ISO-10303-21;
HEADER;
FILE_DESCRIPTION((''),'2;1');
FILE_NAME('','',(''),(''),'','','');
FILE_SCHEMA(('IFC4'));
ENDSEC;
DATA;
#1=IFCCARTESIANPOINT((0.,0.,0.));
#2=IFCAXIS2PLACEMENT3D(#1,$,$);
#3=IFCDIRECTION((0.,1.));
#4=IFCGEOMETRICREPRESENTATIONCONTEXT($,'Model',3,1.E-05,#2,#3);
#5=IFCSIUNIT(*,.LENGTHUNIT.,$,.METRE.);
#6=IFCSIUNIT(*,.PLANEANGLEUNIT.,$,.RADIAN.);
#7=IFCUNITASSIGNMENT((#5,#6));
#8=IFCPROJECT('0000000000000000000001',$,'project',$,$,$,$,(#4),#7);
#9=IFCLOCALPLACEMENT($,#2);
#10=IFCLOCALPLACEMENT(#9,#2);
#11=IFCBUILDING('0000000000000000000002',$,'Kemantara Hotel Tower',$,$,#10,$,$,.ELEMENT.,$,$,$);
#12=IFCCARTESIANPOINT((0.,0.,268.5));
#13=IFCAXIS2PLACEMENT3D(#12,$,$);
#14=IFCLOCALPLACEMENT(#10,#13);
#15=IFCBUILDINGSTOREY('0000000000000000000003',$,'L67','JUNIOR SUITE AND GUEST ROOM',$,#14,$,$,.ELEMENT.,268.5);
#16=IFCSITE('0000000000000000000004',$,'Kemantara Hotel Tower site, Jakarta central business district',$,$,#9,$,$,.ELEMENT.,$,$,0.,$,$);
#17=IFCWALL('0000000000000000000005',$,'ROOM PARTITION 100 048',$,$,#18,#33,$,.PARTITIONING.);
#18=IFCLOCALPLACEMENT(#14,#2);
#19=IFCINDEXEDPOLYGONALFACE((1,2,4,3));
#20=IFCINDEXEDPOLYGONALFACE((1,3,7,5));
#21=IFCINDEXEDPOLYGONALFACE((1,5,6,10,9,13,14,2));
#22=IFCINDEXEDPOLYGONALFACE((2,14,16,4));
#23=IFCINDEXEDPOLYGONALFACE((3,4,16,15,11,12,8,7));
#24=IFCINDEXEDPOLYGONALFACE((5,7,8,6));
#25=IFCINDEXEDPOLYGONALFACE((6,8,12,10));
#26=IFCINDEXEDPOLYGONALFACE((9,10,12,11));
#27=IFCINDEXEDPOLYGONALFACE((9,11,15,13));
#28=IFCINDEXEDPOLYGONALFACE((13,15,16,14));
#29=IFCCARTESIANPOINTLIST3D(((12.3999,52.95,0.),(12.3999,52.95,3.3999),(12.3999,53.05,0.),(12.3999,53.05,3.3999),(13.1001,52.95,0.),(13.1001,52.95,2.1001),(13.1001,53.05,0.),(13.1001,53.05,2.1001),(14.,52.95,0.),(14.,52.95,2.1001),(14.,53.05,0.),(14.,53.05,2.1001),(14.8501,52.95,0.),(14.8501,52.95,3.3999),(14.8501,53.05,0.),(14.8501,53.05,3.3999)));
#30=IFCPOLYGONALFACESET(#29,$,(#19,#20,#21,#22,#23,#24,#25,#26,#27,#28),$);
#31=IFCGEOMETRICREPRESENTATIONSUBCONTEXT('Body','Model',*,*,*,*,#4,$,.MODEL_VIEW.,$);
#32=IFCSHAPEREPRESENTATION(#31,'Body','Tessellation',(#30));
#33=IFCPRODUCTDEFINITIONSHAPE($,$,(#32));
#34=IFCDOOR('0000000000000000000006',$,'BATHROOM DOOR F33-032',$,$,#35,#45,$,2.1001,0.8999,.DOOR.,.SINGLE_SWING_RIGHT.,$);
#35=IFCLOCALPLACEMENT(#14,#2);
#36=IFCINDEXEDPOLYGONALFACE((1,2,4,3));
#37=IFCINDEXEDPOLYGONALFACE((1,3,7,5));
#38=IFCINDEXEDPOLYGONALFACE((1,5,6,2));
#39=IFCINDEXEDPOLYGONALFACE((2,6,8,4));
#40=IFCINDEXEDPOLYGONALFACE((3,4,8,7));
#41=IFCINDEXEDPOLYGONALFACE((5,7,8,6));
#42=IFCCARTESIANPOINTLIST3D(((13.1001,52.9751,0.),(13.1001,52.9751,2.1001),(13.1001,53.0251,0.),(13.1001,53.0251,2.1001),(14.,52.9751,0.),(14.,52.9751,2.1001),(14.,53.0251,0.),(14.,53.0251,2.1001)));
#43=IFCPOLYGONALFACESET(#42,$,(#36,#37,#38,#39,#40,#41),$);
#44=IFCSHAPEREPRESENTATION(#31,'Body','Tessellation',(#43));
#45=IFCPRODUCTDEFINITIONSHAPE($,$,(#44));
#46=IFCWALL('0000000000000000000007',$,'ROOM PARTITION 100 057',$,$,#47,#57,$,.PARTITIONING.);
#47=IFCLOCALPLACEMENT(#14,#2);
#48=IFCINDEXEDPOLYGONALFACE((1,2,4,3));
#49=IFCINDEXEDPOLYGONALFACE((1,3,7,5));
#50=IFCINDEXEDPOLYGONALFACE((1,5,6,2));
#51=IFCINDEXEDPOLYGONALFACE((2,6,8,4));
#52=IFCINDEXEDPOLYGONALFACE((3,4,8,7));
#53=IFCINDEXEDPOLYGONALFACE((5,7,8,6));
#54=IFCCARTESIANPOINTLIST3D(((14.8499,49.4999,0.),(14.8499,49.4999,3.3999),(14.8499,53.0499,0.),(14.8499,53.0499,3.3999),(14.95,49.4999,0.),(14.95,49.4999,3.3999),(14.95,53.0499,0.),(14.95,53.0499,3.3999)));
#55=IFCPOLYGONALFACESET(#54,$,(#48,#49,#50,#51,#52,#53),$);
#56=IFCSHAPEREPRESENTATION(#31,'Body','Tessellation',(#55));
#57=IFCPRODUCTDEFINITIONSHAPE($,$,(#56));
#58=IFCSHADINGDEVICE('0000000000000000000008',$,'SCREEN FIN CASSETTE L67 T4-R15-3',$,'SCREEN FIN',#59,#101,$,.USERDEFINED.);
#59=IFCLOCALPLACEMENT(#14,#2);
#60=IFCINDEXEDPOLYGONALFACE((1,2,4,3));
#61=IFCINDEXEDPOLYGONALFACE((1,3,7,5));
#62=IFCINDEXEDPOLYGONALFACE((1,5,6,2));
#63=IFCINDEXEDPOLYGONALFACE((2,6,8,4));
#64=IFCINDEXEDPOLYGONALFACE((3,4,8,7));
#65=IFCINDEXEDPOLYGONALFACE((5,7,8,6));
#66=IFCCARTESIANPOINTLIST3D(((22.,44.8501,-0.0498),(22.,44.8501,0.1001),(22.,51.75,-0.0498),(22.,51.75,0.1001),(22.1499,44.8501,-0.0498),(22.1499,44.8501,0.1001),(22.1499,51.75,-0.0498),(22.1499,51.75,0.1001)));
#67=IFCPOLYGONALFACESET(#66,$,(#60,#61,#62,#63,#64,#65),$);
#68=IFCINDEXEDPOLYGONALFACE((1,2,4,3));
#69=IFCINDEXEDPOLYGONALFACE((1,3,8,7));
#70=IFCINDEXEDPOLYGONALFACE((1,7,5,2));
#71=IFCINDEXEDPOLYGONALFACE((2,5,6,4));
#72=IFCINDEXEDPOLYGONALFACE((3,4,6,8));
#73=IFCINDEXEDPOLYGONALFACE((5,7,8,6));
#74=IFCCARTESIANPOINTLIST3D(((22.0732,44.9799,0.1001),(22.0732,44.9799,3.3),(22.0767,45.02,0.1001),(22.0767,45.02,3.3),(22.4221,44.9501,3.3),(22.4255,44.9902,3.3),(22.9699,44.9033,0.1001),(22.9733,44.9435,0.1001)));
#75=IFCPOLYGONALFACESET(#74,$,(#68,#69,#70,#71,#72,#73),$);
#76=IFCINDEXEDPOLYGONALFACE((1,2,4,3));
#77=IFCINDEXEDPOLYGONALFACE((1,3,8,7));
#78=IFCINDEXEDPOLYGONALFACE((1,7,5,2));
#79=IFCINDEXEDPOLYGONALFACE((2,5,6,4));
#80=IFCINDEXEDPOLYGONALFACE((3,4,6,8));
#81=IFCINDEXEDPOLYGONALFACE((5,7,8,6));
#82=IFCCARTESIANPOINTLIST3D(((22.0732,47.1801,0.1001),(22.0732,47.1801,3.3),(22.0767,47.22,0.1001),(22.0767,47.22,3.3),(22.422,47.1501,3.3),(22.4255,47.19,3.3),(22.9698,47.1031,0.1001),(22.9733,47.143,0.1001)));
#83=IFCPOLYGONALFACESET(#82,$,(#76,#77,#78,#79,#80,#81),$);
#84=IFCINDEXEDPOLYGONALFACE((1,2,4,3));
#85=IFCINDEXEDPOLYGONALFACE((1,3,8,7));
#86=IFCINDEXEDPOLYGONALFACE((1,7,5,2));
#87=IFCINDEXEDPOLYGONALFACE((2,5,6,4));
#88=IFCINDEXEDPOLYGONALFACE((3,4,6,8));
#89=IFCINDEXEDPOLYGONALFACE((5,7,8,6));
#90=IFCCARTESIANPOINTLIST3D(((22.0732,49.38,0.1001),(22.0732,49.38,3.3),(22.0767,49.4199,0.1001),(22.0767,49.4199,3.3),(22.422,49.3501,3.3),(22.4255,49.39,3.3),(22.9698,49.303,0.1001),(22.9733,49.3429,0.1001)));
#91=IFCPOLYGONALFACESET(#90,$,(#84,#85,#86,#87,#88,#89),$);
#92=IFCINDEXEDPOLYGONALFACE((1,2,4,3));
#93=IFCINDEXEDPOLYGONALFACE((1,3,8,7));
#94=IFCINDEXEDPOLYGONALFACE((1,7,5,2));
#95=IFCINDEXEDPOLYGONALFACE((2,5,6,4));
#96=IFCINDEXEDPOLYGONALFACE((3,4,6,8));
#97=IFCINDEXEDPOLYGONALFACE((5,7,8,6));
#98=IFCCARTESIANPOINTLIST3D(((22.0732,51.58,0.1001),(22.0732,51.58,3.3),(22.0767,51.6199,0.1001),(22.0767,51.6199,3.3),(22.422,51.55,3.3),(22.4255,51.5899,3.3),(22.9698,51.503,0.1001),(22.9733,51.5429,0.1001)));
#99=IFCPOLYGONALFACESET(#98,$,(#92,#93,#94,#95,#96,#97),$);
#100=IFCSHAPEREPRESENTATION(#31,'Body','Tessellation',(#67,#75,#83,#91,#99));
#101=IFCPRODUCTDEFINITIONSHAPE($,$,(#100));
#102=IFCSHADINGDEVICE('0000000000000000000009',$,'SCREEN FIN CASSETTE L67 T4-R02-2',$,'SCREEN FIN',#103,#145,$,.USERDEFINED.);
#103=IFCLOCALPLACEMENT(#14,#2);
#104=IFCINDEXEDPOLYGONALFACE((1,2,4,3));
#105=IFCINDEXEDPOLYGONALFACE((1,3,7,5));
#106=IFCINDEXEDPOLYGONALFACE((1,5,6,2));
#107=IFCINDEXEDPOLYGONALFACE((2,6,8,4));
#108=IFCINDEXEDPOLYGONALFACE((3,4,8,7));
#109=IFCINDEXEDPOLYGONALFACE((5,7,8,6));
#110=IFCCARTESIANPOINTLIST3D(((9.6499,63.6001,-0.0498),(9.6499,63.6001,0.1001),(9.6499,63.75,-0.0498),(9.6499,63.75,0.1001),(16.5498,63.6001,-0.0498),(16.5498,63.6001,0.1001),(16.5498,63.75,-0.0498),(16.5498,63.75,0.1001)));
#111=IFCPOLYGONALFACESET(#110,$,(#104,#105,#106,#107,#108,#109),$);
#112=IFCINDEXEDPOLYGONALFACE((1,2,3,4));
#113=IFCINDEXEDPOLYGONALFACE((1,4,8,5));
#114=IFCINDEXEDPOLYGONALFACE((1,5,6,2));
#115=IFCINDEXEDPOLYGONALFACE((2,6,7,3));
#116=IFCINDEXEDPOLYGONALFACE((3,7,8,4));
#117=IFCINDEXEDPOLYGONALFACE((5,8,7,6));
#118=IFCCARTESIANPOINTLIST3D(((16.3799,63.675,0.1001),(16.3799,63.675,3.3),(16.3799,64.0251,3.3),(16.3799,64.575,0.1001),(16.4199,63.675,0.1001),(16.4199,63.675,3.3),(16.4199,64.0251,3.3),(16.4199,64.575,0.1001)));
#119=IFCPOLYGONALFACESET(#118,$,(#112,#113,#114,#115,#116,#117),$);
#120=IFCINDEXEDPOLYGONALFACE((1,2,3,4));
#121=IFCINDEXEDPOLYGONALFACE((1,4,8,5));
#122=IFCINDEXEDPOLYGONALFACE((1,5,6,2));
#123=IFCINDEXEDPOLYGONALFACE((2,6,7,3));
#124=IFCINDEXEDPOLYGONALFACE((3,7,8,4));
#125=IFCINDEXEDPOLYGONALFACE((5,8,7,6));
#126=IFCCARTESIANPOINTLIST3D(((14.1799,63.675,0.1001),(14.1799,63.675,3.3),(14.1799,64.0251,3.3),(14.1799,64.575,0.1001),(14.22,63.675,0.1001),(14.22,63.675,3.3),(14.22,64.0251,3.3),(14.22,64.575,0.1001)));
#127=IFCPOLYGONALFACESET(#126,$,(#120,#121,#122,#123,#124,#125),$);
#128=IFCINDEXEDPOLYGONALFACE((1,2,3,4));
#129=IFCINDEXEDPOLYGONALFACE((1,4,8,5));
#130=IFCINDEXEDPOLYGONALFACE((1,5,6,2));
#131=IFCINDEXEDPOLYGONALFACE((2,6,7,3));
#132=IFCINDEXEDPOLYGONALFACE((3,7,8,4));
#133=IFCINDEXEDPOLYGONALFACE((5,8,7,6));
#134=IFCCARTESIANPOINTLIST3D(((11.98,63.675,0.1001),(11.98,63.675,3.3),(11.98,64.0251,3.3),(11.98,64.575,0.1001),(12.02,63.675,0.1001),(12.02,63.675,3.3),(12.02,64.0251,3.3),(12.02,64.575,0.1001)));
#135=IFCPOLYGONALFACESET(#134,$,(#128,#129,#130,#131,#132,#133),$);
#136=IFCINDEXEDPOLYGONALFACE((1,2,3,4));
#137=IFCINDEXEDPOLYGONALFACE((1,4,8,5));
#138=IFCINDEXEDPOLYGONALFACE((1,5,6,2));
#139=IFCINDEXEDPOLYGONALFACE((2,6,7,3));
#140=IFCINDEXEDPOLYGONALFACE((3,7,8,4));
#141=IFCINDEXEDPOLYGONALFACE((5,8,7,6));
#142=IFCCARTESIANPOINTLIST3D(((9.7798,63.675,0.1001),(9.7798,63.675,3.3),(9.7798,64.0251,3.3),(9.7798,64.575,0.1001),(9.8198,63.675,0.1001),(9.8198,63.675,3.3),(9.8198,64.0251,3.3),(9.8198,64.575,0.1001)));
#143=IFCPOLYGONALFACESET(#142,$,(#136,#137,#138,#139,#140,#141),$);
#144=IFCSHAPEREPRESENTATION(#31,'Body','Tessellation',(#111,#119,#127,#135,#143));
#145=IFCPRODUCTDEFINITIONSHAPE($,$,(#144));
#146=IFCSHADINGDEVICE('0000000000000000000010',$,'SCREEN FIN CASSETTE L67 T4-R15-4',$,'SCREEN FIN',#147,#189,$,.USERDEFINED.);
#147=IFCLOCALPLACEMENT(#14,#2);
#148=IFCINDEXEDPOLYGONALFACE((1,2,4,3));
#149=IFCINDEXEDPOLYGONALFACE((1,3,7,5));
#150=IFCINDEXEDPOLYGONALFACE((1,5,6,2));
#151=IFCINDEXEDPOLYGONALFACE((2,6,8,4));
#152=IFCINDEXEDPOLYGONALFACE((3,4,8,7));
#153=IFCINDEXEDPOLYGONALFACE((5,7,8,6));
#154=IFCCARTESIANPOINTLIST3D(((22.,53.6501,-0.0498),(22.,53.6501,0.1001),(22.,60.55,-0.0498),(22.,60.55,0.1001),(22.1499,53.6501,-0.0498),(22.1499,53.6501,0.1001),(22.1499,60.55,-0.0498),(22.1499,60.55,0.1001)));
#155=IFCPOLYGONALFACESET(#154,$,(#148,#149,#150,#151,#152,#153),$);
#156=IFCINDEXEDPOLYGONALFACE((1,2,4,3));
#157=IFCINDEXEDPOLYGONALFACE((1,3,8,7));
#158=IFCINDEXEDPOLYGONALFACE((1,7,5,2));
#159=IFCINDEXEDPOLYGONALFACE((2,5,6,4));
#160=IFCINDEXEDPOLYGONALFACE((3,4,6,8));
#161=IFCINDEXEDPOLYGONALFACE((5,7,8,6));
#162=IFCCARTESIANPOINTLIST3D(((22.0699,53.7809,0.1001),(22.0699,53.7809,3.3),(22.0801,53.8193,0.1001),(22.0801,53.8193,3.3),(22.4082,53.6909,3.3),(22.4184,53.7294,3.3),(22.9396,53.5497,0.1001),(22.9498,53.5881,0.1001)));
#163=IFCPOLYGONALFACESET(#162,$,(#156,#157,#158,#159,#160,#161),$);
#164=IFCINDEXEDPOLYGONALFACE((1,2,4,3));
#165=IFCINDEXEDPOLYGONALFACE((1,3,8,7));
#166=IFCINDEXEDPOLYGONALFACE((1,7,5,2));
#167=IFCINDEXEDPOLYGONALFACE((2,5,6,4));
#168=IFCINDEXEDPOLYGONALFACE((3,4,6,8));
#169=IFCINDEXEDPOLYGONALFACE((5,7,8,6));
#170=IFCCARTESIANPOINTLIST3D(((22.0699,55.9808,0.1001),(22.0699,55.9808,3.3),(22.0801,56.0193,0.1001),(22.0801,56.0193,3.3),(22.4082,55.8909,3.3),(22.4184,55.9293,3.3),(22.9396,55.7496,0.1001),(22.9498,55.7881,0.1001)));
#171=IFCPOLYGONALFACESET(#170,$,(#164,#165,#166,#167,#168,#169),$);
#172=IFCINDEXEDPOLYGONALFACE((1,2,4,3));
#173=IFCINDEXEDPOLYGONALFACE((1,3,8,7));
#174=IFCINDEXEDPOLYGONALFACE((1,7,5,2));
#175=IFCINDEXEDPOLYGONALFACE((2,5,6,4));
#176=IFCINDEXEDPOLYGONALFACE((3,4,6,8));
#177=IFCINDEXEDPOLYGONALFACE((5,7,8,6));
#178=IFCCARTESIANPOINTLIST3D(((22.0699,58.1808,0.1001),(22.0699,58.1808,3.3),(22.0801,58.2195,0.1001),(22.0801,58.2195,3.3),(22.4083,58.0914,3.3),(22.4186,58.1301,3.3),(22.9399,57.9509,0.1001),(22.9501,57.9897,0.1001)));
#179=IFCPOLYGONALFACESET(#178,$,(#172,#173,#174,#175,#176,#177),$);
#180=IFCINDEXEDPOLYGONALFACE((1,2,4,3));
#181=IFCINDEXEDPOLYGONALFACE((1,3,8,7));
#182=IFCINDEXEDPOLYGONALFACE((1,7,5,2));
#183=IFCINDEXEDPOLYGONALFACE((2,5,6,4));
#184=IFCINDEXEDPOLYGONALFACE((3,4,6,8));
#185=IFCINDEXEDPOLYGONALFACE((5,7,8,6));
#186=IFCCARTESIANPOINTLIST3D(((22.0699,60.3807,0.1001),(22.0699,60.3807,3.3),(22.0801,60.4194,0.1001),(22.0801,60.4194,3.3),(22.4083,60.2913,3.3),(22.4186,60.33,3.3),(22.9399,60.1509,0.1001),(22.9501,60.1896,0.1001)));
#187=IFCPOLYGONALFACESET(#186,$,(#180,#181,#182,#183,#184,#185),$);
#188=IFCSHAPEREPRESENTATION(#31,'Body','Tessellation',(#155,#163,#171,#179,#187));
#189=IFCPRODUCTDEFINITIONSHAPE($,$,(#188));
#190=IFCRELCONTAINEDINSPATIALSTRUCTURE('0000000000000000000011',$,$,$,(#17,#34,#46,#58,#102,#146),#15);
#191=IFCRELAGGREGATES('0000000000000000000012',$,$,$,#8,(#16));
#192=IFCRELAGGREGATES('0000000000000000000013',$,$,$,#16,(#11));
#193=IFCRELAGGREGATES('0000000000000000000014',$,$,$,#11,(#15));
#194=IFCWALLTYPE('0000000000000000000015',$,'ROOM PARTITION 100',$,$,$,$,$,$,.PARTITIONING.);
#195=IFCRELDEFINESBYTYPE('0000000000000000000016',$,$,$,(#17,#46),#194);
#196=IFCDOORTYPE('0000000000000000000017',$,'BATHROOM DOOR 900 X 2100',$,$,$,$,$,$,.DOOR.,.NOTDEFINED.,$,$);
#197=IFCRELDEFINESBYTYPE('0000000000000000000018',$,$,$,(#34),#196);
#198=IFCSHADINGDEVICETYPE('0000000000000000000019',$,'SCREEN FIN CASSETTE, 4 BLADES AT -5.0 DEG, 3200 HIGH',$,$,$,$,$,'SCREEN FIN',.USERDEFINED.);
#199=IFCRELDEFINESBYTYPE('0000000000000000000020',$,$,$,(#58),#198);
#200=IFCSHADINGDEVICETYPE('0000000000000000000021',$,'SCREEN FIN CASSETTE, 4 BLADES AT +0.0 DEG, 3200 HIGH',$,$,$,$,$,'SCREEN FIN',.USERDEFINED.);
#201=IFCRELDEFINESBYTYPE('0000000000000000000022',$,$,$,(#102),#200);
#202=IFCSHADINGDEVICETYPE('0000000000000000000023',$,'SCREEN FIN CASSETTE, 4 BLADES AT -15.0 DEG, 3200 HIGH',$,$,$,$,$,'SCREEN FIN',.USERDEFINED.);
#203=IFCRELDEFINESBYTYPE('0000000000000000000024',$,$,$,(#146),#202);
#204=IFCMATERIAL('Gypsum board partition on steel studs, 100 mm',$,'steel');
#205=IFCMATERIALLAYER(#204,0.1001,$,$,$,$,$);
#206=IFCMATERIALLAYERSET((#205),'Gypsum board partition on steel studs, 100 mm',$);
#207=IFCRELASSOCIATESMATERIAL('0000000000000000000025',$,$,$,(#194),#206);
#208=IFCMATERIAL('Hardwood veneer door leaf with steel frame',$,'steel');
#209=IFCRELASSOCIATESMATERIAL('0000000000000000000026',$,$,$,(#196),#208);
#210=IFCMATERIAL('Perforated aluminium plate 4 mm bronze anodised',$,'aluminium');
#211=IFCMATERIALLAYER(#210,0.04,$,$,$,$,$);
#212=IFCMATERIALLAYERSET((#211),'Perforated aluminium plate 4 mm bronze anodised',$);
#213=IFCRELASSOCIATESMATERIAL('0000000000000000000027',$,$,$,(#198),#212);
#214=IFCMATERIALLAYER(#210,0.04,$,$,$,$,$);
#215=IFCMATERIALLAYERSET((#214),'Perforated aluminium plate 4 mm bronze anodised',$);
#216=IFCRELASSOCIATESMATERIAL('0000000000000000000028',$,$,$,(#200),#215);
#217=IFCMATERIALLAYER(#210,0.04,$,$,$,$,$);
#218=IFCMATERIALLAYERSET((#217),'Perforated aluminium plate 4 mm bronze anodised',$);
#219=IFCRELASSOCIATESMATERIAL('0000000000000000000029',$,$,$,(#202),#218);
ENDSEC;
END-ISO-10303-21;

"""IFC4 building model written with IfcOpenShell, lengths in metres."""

from ifc_helpers import new_model, si_unit, direction, frame, frame_2d, origin, origin_2d, place, context, subcontext, project, spatial, polyline, rectangle, outline, extrude, source, transform, mapped, material, layer, layer_set, type_object, element, fill, save


model = new_model("IFC4")

# Units and contexts
model_context = context("Model", 3, precision=1e-05, world=origin(), true_north=direction((0.0, 1.0)))
body_context = subcontext(model_context, "Body", "Model", "MODEL_VIEW")
ifc_project = project(units=[si_unit("LENGTHUNIT", "METRE"), si_unit("PLANEANGLEUNIT", "RADIAN")], contexts=[model_context])

# Site, building, storey
site_placement = place(None, origin())
site = spatial("IfcSite", under=ifc_project, at=site_placement, Name="Kemantara Hotel Tower site, Jakarta central business district", CompositionType="ELEMENT", RefElevation=0.0)
building_placement = place(site_placement, origin())
building = spatial("IfcBuilding", under=site, at=building_placement, Name="Kemantara Hotel Tower", CompositionType="ELEMENT")
storey_placement = place(building_placement, frame((0.0, 0.0, 268.5)))
storey = spatial("IfcBuildingStorey", under=building, at=storey_placement, Name="L67", Description="JUNIOR SUITE AND GUEST ROOM", CompositionType="ELEMENT", Elevation=268.5)

# Shared definitions
ifc_material_1 = material(Name="Hardwood veneer door leaf with steel frame", Category="steel")

# Wall, opening, door
ifc_material_2 = material(Name="Gypsum board partition on steel studs, 100 mm", Category="steel")
ifc_layer_1 = layer(ifc_material_2, 0.1001)
ifc_layer_set_1 = layer_set([ifc_layer_1], Name="Gypsum board partition on steel studs, 100 mm")
wall_type_1 = type_object("IfcWallType", Name="ROOM PARTITION 100", PredefinedType="PARTITIONING", material=ifc_layer_set_1)
wall_1_placement = place(storey_placement, frame((14.8501, 53.0, 0.0), z_axis=(0.0, 0.0, 1.0), x_axis=(-1.0, 0.0, 0.0)))
wall_1 = element("IfcWall", 1, at=wall_1_placement, inside=storey, type_object=wall_type_1, Name="ROOM PARTITION 100 048", PredefinedType="PARTITIONING", context=body_context, shape_type="SweptSolid", body=[
    extrude(rectangle(XDim=2.4502, YDim=0.1001, at=frame_2d((1.2251, 0.0))), origin(), (0.0, 0.0, 1.0), 3.3999),
])
opening_1_placement = place(wall_1_placement, frame((0.8501, 0.0, 0.0)))
opening_1 = element("IfcOpeningElement", 2, at=opening_1_placement, cuts=wall_1, PredefinedType="OPENING", context=body_context, shape_type="SweptSolid", body=[
    extrude(rectangle(XDim=0.8999, YDim=2.1001, at=frame_2d((0.45, 1.05))), frame((0.0, 0.0601, 0.0), z_axis=(0.0, -1.0, 0.0), x_axis=(1.0, 0.0, 0.0)), (0.0, 0.0, 1.0), 0.1201),
])
door_type_1 = type_object("IfcDoorType", Name="BATHROOM DOOR 900 X 2100", OperationType="NOTDEFINED", PredefinedType="DOOR", material=ifc_material_1)
door_1_placement = place(opening_1_placement, origin())
door_1 = element("IfcDoor", 3, at=door_1_placement, inside=storey, type_object=door_type_1, Name="BATHROOM DOOR F33-032", OperationType="SINGLE_SWING_RIGHT", OverallHeight=2.1001, OverallWidth=0.8999, PredefinedType="DOOR", context=body_context, shape_type="SweptSolid", body=[
    extrude(rectangle(XDim=0.8999, YDim=2.1001, at=frame_2d((0.45, 1.05))), frame((0.0, 0.0249, 0.0), z_axis=(0.0, -1.0, 0.0), x_axis=(1.0, 0.0, 0.0)), (0.0, 0.0, 1.0), 0.05),
])
fill(opening_1, door_1)

# Wall
wall_2_placement = place(storey_placement, frame((14.8999, 49.5, 0.0), z_axis=(0.0, 0.0, 1.0), x_axis=(0.0, 1.0, 0.0)))
element("IfcWall", 4, at=wall_2_placement, inside=storey, type_object=wall_type_1, Name="ROOM PARTITION 100 057", PredefinedType="PARTITIONING", context=body_context, shape_type="SweptSolid", body=[
    extrude(rectangle(XDim=3.55, YDim=0.1001, at=frame_2d((1.7749, 0.0))), origin(), (0.0, 0.0, 1.0), 3.3999),
])

# Shading devices
ifc_material_3 = material(Name="Perforated aluminium plate 4 mm bronze anodised", Category="aluminium")
ifc_layer_2 = layer(ifc_material_3, 0.04)
ifc_layer_set_2 = layer_set([ifc_layer_2], Name="Perforated aluminium plate 4 mm bronze anodised")
shading_device_type_1 = type_object("IfcShadingDeviceType", Name="SCREEN FIN CASSETTE, 4 BLADES AT -5.0 DEG, 3200 HIGH", ElementType="SCREEN FIN", PredefinedType="USERDEFINED", material=ifc_layer_set_2)
shared_shape_1 = source(origin(), body_context, "Body", "SweptSolid", [
    extrude(rectangle(XDim=6.8999, YDim=0.1499, at=origin_2d()), frame((3.3, -0.075, -0.1499), z_axis=(0.0, 0.0, 1.0), x_axis=(1.0, 0.0, 0.0)), (0.0, 0.0, 1.0), 0.1499),
    extrude(outline(polyline([(0.0, 0.0), (0.8999, 0.0), (0.3501, 3.2), (0.0, 3.2), (0.0, 0.0)])), frame((0.02, -0.0767, 0.0), z_axis=(-0.996376, 0.085056, 0.0), x_axis=(-0.085056, -0.996376, 0.0)), (0.0, 0.0, 1.0), 0.0403),
    extrude(outline(polyline([(0.0, 0.0), (0.8999, 0.0), (0.3501, 3.2), (0.0, 3.2), (0.0, 0.0)])), frame((2.22, -0.0767, 0.0), z_axis=(-0.996332, 0.085575, 0.0), x_axis=(-0.085575, -0.996332, 0.0)), (0.0, 0.0, 1.0), 0.04),
    extrude(outline(polyline([(0.0, 0.0), (0.8999, 0.0), (0.3501, 3.2), (0.0, 3.2), (0.0, 0.0)])), frame((4.4199, -0.0767, 0.0), z_axis=(-0.996332, 0.085575, 0.0), x_axis=(-0.085575, -0.996332, 0.0)), (0.0, 0.0, 1.0), 0.04),
    extrude(outline(polyline([(0.0, 0.0), (0.8999, 0.0), (0.3501, 3.2), (0.0, 3.2), (0.0, 0.0)])), frame((6.6199, -0.0767, 0.0), z_axis=(-0.996332, 0.085575, 0.0), x_axis=(-0.085575, -0.996332, 0.0)), (0.0, 0.0, 1.0), 0.04),
])
shading_device_1_placement = place(storey_placement, frame((22.0, 45.0, 0.1001), z_axis=(0.0, 0.0, 1.0), x_axis=(0.0, 1.0, 0.0)))
element("IfcShadingDevice", 5, at=shading_device_1_placement, inside=storey, type_object=shading_device_type_1, Name="SCREEN FIN CASSETTE L67 T4-R15-3", ObjectType="SCREEN FIN", PredefinedType="USERDEFINED", context=body_context, shape_type="MappedRepresentation", body=[
    mapped(shared_shape_1, transform((0.0, 0.0, 0.0))),
])
ifc_layer_3 = layer(ifc_material_3, 0.04)
ifc_layer_set_3 = layer_set([ifc_layer_3], Name="Perforated aluminium plate 4 mm bronze anodised")
shading_device_type_2 = type_object("IfcShadingDeviceType", Name="SCREEN FIN CASSETTE, 4 BLADES AT +0.0 DEG, 3200 HIGH", ElementType="SCREEN FIN", PredefinedType="USERDEFINED", material=ifc_layer_set_3)
shared_shape_2 = source(origin(), body_context, "Body", "SweptSolid", [
    extrude(rectangle(XDim=6.8999, YDim=0.1499, at=origin_2d()), frame((3.3, -0.075, -0.1499), z_axis=(0.0, 0.0, 1.0), x_axis=(1.0, 0.0, 0.0)), (0.0, 0.0, 1.0), 0.1499),
    extrude(outline(polyline([(0.0, 0.0), (0.8999, 0.0), (0.3501, 3.2), (0.0, 3.2), (0.0, 0.0)])), frame((0.02, -0.075, 0.0), z_axis=(-1.0, 0.0, 0.0), x_axis=(0.0, -1.0, 0.0)), (0.0, 0.0, 1.0), 0.04),
    extrude(outline(polyline([(0.0, 0.0), (0.8999, 0.0), (0.3501, 3.2), (0.0, 3.2), (0.0, 0.0)])), frame((2.22, -0.075, 0.0), z_axis=(-1.0, 0.0, 0.0), x_axis=(0.0, -1.0, 0.0)), (0.0, 0.0, 1.0), 0.04),
    extrude(outline(polyline([(0.0, 0.0), (0.8999, 0.0), (0.3501, 3.2), (0.0, 3.2), (0.0, 0.0)])), frame((4.4199, -0.075, 0.0), z_axis=(-1.0, 0.0, 0.0), x_axis=(0.0, -1.0, 0.0)), (0.0, 0.0, 1.0), 0.04),
    extrude(outline(polyline([(0.0, 0.0), (0.8999, 0.0), (0.3501, 3.2), (0.0, 3.2), (0.0, 0.0)])), frame((6.6201, -0.075, 0.0), z_axis=(-1.0, 0.0, 0.0), x_axis=(0.0, -1.0, 0.0)), (0.0, 0.0, 1.0), 0.04),
])
shading_device_2_placement = place(storey_placement, frame((16.3999, 63.6001, 0.1001), z_axis=(0.0, 0.0, 1.0), x_axis=(-1.0, 0.0, 0.0)))
element("IfcShadingDevice", 6, at=shading_device_2_placement, inside=storey, type_object=shading_device_type_2, Name="SCREEN FIN CASSETTE L67 T4-R02-2", ObjectType="SCREEN FIN", PredefinedType="USERDEFINED", context=body_context, shape_type="MappedRepresentation", body=[
    mapped(shared_shape_2, transform((0.0, 0.0, 0.0))),
])
ifc_layer_4 = layer(ifc_material_3, 0.04)
ifc_layer_set_4 = layer_set([ifc_layer_4], Name="Perforated aluminium plate 4 mm bronze anodised")
shading_device_type_3 = type_object("IfcShadingDeviceType", Name="SCREEN FIN CASSETTE, 4 BLADES AT -15.0 DEG, 3200 HIGH", ElementType="SCREEN FIN", PredefinedType="USERDEFINED", material=ifc_layer_set_4)
shared_shape_3 = source(origin(), body_context, "Body", "SweptSolid", [
    extrude(rectangle(XDim=6.8999, YDim=0.1499, at=origin_2d()), frame((3.3, -0.075, -0.1499), z_axis=(0.0, 0.0, 1.0), x_axis=(1.0, 0.0, 0.0)), (0.0, 0.0, 1.0), 0.1499),
    extrude(outline(polyline([(0.0, 0.0), (0.8999, 0.0), (0.3501, 3.2), (0.0, 3.2), (0.0, 0.0)])), frame((0.0193, -0.0801, 0.0), z_axis=(-0.966438, 0.256901, 0.0), x_axis=(-0.256901, -0.966438, 0.0)), (0.0, 0.0, 1.0), 0.0398),
    extrude(outline(polyline([(0.0, 0.0), (0.8999, 0.0), (0.3501, 3.2), (0.0, 3.2), (0.0, 0.0)])), frame((2.2192, -0.0801, 0.0), z_axis=(-0.966438, 0.256901, 0.0), x_axis=(-0.256901, -0.966438, 0.0)), (0.0, 0.0, 1.0), 0.0398),
    extrude(outline(polyline([(0.0, 0.0), (0.8999, 0.0), (0.3501, 3.2), (0.0, 3.2), (0.0, 0.0)])), frame((4.4194, -0.0801, 0.0), z_axis=(-0.966838, 0.255391, 0.0), x_axis=(-0.255391, -0.966838, 0.0)), (0.0, 0.0, 1.0), 0.04),
    extrude(outline(polyline([(0.0, 0.0), (0.8999, 0.0), (0.3501, 3.2), (0.0, 3.2), (0.0, 0.0)])), frame((6.6194, -0.0801, 0.0), z_axis=(-0.966838, 0.255391, 0.0), x_axis=(-0.255391, -0.966838, 0.0)), (0.0, 0.0, 1.0), 0.04),
])
shading_device_3_placement = place(storey_placement, frame((22.0, 53.8, 0.1001), z_axis=(0.0, 0.0, 1.0), x_axis=(0.0, 1.0, 0.0)))
element("IfcShadingDevice", 7, at=shading_device_3_placement, inside=storey, type_object=shading_device_type_3, Name="SCREEN FIN CASSETTE L67 T4-R15-4", ObjectType="SCREEN FIN", PredefinedType="USERDEFINED", context=body_context, shape_type="MappedRepresentation", body=[
    mapped(shared_shape_3, transform((0.0, 0.0, 0.0))),
])

save(model, "model.ifc")
